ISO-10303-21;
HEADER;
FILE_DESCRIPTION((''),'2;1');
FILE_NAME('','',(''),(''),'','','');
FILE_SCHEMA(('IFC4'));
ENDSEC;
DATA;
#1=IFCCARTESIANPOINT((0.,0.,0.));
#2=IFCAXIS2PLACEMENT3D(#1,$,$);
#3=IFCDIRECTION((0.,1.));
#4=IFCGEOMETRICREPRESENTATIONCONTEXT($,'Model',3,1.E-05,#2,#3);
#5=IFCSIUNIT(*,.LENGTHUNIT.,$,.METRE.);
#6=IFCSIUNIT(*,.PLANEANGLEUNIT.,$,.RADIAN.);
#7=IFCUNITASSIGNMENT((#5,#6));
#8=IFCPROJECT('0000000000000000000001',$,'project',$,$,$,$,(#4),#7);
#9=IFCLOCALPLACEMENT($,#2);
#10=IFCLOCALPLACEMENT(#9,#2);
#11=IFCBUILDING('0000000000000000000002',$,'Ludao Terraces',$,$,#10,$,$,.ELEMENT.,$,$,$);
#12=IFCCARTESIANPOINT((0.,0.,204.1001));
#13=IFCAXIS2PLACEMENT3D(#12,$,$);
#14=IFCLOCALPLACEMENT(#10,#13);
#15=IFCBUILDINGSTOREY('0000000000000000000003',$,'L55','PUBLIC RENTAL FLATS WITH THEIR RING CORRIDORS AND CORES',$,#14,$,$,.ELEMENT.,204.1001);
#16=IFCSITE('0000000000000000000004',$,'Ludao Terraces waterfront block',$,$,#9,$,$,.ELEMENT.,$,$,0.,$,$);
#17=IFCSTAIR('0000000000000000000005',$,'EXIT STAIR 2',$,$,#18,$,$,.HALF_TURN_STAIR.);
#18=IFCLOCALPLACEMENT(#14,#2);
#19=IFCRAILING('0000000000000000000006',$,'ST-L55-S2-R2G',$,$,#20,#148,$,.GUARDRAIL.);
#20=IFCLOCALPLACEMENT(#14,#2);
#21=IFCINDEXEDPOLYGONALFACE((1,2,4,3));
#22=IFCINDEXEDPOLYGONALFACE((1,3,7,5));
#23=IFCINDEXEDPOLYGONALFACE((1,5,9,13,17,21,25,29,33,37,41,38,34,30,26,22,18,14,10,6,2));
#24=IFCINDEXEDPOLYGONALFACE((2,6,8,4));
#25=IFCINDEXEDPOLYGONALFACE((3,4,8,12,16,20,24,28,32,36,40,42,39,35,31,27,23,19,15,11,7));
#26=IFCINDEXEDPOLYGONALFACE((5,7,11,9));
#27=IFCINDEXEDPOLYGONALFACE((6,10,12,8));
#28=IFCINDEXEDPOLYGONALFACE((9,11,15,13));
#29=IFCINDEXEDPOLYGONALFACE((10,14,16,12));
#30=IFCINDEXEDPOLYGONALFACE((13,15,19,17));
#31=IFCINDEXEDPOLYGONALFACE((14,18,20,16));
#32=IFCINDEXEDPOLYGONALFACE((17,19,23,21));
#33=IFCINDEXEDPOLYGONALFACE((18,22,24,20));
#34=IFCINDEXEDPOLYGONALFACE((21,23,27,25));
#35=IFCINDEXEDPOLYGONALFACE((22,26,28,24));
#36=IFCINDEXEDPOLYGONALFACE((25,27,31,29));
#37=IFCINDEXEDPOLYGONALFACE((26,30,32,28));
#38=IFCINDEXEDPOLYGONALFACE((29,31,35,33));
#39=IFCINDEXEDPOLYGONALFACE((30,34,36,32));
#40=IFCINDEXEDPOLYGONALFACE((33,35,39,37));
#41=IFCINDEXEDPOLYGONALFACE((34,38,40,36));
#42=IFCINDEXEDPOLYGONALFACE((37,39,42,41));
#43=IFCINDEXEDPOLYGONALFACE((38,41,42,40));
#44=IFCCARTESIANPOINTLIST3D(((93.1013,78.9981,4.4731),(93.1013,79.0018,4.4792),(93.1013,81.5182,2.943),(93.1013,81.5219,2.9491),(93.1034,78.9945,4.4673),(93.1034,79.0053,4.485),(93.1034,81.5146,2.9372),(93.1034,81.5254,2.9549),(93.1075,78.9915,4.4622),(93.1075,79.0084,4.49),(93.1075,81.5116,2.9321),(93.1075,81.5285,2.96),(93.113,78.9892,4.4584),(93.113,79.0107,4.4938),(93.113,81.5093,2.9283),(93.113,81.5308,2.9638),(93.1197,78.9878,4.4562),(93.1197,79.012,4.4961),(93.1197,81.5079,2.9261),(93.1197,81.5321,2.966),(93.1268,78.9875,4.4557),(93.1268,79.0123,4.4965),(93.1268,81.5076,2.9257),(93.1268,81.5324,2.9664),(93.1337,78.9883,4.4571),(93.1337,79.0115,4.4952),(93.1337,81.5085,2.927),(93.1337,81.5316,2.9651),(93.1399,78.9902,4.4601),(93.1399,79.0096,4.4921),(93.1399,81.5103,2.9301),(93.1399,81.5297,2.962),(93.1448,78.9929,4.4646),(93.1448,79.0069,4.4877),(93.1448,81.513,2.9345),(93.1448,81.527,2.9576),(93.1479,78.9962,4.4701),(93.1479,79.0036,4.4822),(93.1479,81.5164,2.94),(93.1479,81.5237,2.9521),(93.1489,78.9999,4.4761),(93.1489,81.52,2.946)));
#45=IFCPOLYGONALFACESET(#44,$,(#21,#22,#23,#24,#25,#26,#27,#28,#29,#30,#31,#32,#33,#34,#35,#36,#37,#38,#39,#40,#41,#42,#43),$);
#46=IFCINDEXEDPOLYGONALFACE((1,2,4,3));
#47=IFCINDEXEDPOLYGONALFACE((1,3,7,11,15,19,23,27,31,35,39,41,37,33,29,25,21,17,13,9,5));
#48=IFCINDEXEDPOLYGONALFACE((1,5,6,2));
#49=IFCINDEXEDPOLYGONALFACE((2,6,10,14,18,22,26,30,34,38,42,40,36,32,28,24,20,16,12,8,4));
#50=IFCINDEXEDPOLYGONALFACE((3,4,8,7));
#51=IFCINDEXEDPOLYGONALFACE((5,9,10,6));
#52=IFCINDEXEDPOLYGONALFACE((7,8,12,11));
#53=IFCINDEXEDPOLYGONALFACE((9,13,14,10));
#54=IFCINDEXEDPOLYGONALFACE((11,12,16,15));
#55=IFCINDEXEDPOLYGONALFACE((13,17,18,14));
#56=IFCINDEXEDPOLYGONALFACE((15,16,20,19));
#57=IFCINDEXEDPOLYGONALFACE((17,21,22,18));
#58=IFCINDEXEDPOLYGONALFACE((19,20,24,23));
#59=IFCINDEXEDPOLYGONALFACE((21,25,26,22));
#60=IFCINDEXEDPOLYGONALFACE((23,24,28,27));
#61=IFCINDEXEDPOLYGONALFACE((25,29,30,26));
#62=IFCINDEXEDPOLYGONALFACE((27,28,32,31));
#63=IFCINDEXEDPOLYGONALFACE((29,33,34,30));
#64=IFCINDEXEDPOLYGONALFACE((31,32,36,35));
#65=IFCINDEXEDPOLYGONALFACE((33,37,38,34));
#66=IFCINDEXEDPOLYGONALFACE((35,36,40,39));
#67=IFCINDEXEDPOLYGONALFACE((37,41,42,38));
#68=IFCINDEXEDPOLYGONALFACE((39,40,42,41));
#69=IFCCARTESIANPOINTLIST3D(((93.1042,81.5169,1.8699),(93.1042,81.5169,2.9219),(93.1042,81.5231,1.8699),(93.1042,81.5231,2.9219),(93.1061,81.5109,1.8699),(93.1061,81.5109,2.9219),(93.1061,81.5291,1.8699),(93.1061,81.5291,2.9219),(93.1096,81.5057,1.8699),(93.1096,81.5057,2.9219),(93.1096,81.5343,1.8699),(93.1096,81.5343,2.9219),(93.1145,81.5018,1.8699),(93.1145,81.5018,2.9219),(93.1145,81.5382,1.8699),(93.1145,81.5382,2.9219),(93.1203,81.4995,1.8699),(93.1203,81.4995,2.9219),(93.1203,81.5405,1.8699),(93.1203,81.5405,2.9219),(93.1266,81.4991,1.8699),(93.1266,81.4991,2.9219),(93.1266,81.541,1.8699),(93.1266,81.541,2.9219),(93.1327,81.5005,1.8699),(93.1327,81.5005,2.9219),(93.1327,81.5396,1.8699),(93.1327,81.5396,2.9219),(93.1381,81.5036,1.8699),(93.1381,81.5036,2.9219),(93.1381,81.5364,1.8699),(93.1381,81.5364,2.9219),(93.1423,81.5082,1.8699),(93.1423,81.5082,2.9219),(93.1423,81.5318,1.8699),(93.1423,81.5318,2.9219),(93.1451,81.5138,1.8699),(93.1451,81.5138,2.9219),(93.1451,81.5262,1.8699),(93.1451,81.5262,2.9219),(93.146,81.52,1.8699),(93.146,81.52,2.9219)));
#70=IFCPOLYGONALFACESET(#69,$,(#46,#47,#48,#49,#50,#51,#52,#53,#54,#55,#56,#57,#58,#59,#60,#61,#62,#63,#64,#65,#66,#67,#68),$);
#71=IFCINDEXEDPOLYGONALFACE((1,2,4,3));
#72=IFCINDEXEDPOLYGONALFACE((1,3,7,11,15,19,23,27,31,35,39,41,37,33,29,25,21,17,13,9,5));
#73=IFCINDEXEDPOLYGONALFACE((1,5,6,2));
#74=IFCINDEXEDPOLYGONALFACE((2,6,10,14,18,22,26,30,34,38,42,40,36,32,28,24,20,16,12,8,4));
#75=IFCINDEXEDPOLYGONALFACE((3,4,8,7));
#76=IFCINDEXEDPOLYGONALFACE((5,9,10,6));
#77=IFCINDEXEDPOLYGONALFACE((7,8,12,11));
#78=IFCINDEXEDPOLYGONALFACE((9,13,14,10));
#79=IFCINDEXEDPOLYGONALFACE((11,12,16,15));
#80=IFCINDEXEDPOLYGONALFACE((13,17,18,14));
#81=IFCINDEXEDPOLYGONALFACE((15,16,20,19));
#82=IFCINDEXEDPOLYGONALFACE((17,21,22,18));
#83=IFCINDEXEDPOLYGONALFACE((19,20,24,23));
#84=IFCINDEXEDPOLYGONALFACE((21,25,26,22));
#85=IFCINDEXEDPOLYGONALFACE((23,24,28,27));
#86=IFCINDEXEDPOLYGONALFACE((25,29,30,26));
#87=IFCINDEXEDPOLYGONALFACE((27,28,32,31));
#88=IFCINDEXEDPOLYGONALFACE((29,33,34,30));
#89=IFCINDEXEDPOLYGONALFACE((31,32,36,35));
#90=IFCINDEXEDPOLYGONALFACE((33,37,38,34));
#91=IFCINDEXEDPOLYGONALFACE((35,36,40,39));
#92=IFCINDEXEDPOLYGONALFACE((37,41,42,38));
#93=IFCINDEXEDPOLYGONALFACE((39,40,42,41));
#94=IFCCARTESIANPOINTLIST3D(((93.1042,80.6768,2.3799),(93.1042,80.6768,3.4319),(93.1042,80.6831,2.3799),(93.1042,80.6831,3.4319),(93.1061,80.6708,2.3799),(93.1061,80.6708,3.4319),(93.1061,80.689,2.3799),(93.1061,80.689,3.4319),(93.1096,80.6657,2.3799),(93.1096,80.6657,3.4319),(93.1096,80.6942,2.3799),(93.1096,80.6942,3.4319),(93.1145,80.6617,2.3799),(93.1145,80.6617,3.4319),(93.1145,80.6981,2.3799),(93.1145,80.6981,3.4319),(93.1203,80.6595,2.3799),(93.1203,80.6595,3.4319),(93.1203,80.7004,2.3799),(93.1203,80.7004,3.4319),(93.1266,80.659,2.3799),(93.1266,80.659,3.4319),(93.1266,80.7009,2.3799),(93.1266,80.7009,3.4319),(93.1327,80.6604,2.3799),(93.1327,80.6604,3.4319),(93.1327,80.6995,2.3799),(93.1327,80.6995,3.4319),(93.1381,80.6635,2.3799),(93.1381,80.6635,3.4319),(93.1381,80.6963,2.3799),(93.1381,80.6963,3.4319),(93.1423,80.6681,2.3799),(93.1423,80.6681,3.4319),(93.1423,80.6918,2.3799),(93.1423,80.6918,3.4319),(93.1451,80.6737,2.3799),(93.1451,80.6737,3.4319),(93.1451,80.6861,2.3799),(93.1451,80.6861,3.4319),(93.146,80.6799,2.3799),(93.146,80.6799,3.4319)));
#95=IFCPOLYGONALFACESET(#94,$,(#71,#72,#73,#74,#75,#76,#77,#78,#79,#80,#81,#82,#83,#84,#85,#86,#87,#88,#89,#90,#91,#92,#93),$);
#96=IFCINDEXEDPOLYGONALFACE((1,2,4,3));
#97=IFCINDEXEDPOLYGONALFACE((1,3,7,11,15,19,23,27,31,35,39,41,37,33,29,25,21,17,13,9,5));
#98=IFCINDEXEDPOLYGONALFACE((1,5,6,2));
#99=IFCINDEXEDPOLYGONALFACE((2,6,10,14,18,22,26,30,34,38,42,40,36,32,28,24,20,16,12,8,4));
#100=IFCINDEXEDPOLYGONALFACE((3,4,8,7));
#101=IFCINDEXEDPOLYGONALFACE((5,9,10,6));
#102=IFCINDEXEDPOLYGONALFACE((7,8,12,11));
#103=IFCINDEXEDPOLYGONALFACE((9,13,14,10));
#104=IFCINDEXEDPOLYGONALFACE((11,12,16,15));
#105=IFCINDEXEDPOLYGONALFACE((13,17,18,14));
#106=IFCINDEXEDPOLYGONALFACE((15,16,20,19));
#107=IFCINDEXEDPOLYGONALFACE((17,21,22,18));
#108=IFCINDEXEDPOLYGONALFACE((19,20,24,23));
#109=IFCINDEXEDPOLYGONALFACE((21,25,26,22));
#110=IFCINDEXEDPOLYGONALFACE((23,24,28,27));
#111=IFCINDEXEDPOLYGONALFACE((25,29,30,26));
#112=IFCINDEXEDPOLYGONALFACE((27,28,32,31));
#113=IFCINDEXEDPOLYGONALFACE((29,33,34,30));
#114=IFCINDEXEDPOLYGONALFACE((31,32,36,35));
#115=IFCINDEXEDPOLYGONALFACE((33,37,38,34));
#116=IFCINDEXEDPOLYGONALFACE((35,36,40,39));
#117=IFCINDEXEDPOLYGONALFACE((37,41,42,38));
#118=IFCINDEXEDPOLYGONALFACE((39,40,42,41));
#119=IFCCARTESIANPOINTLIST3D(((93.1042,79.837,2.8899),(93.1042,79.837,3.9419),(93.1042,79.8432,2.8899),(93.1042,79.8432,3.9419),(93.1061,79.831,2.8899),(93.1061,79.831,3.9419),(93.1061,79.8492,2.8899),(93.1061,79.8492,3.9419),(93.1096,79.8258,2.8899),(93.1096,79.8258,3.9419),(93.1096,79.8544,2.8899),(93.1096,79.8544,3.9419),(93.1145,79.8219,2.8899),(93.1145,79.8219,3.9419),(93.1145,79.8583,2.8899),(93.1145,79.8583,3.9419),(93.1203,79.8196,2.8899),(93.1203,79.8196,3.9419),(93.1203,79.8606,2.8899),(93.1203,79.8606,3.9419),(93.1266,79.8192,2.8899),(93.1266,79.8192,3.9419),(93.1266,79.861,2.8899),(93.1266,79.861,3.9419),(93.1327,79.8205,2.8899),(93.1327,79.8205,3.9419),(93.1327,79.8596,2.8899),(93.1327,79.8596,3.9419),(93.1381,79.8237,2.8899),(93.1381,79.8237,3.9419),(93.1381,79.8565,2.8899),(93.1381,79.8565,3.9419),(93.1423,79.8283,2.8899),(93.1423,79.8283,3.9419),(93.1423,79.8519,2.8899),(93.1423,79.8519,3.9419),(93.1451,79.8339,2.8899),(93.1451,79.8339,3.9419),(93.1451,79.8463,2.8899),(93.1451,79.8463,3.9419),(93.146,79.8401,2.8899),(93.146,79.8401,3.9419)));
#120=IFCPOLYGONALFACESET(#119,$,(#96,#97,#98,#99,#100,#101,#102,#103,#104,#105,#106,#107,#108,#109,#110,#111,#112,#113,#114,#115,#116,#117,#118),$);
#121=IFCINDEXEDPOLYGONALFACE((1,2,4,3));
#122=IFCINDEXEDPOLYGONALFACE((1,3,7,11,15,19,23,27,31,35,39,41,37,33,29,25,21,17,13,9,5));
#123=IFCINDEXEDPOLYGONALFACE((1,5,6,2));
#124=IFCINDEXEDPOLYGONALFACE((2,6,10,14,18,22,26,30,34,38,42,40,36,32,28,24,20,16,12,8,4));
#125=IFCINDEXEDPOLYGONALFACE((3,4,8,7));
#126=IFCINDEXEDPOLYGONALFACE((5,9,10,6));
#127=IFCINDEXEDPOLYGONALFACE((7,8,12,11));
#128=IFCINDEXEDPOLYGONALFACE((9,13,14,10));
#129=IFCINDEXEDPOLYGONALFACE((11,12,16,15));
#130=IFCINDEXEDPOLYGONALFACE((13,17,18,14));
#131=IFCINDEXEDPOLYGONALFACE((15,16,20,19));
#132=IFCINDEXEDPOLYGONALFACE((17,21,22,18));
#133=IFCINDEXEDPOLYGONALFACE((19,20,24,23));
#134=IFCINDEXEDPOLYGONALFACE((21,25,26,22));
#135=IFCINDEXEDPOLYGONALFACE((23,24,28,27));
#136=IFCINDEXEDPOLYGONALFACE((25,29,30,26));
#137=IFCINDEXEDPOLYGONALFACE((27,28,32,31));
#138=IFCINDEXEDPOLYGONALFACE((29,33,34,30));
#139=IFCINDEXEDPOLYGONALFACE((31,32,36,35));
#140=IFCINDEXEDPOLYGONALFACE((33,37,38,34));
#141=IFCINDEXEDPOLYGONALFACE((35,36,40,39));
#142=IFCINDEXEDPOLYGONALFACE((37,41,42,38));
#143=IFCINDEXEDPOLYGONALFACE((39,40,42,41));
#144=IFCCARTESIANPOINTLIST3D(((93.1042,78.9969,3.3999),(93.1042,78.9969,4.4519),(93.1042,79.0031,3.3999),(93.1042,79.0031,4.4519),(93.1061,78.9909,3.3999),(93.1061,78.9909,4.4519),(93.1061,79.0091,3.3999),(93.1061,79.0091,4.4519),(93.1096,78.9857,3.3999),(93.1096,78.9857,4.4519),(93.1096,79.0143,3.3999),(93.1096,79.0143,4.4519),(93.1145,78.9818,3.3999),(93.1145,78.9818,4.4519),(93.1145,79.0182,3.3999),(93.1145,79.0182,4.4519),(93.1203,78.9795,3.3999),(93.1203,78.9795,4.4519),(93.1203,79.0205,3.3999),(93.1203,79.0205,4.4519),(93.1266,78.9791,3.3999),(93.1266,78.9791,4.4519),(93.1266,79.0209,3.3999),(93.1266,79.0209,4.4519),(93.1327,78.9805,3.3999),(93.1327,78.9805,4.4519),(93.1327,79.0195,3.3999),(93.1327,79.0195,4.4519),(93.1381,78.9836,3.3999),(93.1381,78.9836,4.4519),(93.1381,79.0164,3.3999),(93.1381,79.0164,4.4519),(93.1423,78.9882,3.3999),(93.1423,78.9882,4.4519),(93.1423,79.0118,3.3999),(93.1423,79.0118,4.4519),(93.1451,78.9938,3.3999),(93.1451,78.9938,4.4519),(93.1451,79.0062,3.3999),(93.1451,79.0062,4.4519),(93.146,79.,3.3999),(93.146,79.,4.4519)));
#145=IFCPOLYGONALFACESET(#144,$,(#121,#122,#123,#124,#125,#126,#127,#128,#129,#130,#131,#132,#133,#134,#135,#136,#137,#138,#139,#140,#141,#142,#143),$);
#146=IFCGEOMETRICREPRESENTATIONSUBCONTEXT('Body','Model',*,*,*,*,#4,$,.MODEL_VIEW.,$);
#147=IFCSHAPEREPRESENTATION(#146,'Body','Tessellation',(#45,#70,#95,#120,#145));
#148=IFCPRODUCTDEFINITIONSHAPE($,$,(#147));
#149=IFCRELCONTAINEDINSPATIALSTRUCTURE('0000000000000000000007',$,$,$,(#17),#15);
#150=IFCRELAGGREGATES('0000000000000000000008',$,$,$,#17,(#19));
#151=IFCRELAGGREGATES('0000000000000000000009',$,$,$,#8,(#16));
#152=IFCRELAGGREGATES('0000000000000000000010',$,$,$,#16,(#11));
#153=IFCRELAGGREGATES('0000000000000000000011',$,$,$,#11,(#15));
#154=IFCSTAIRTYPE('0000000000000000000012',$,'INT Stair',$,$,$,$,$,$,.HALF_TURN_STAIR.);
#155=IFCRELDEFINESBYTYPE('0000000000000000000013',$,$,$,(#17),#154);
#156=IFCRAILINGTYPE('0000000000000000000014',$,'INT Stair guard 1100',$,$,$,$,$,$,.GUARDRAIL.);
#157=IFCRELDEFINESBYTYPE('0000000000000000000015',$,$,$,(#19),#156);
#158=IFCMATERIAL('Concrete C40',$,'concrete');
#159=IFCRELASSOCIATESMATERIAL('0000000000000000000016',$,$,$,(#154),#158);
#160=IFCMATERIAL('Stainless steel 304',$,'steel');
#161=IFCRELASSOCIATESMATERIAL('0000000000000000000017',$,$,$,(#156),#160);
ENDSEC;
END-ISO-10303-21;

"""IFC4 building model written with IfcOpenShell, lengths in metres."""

from ifc_helpers import new_model, si_unit, direction, frame, origin, origin_2d, place, context, subcontext, project, spatial, circle, extrude, material, type_object, element, aggregate, save


model = new_model("IFC4")

# Units and contexts
model_context = context("Model", 3, precision=1e-05, world=origin(), true_north=direction((0.0, 1.0)))
body_context = subcontext(model_context, "Body", "Model", "MODEL_VIEW")
ifc_project = project(units=[si_unit("LENGTHUNIT", "METRE"), si_unit("PLANEANGLEUNIT", "RADIAN")], contexts=[model_context])

# Site, building, storey
site_placement = place(None, origin())
site = spatial("IfcSite", under=ifc_project, at=site_placement, Name="Ludao Terraces waterfront block", CompositionType="ELEMENT", RefElevation=0.0)
building_placement = place(site_placement, origin())
building = spatial("IfcBuilding", under=site, at=building_placement, Name="Ludao Terraces", CompositionType="ELEMENT")
storey_placement = place(building_placement, frame((0.0, 0.0, 204.1001)))
storey = spatial("IfcBuildingStorey", under=building, at=storey_placement, Name="L55", Description="PUBLIC RENTAL FLATS WITH THEIR RING CORRIDORS AND CORES", CompositionType="ELEMENT", Elevation=204.1001)

# Stair, railing
ifc_material_1 = material(Name="Concrete C40", Category="concrete")
stair_type = type_object("IfcStairType", Name="INT Stair", PredefinedType="HALF_TURN_STAIR", material=ifc_material_1)
stair_placement = place(storey_placement, origin())
stair = element("IfcStair", 1, at=stair_placement, inside=storey, type_object=stair_type, Name="EXIT STAIR 2", PredefinedType="HALF_TURN_STAIR")
ifc_material_2 = material(Name="Stainless steel 304", Category="steel")
railing_type_1 = type_object("IfcRailingType", Name="INT Stair guard 1100", PredefinedType="GUARDRAIL", material=ifc_material_2)
railing_1_placement = place(storey_placement, frame((93.125, 81.52, 1.8699)))
railing_1 = element("IfcRailing", 2, at=railing_1_placement, type_object=railing_type_1, Name="ST-L55-S2-R2G", PredefinedType="GUARDRAIL", context=body_context, shape_type="SweptSolid", body=[
    extrude(circle(Radius=0.0239, at=origin_2d()), frame((0.0, 0.0, 1.0762), z_axis=(0.0, -0.854785, 0.518982), x_axis=(1.0, 0.0, 0.0)), (0.0, 0.0, 1.0), 2.9482),
    extrude(circle(Radius=0.021, at=origin_2d()), origin(), (0.0, 0.0, 1.0), 1.052),
    extrude(circle(Radius=0.021, at=origin_2d()), frame((0.0, -0.8401, 0.51)), (0.0, 0.0, 1.0), 1.052),
    extrude(circle(Radius=0.021, at=origin_2d()), frame((0.0, -1.6799, 1.02)), (0.0, 0.0, 1.0), 1.052),
    extrude(circle(Radius=0.021, at=origin_2d()), frame((0.0, -2.52, 1.53)), (0.0, 0.0, 1.0), 1.052),
])
aggregate(stair, [railing_1])

save(model, "model.ifc")
